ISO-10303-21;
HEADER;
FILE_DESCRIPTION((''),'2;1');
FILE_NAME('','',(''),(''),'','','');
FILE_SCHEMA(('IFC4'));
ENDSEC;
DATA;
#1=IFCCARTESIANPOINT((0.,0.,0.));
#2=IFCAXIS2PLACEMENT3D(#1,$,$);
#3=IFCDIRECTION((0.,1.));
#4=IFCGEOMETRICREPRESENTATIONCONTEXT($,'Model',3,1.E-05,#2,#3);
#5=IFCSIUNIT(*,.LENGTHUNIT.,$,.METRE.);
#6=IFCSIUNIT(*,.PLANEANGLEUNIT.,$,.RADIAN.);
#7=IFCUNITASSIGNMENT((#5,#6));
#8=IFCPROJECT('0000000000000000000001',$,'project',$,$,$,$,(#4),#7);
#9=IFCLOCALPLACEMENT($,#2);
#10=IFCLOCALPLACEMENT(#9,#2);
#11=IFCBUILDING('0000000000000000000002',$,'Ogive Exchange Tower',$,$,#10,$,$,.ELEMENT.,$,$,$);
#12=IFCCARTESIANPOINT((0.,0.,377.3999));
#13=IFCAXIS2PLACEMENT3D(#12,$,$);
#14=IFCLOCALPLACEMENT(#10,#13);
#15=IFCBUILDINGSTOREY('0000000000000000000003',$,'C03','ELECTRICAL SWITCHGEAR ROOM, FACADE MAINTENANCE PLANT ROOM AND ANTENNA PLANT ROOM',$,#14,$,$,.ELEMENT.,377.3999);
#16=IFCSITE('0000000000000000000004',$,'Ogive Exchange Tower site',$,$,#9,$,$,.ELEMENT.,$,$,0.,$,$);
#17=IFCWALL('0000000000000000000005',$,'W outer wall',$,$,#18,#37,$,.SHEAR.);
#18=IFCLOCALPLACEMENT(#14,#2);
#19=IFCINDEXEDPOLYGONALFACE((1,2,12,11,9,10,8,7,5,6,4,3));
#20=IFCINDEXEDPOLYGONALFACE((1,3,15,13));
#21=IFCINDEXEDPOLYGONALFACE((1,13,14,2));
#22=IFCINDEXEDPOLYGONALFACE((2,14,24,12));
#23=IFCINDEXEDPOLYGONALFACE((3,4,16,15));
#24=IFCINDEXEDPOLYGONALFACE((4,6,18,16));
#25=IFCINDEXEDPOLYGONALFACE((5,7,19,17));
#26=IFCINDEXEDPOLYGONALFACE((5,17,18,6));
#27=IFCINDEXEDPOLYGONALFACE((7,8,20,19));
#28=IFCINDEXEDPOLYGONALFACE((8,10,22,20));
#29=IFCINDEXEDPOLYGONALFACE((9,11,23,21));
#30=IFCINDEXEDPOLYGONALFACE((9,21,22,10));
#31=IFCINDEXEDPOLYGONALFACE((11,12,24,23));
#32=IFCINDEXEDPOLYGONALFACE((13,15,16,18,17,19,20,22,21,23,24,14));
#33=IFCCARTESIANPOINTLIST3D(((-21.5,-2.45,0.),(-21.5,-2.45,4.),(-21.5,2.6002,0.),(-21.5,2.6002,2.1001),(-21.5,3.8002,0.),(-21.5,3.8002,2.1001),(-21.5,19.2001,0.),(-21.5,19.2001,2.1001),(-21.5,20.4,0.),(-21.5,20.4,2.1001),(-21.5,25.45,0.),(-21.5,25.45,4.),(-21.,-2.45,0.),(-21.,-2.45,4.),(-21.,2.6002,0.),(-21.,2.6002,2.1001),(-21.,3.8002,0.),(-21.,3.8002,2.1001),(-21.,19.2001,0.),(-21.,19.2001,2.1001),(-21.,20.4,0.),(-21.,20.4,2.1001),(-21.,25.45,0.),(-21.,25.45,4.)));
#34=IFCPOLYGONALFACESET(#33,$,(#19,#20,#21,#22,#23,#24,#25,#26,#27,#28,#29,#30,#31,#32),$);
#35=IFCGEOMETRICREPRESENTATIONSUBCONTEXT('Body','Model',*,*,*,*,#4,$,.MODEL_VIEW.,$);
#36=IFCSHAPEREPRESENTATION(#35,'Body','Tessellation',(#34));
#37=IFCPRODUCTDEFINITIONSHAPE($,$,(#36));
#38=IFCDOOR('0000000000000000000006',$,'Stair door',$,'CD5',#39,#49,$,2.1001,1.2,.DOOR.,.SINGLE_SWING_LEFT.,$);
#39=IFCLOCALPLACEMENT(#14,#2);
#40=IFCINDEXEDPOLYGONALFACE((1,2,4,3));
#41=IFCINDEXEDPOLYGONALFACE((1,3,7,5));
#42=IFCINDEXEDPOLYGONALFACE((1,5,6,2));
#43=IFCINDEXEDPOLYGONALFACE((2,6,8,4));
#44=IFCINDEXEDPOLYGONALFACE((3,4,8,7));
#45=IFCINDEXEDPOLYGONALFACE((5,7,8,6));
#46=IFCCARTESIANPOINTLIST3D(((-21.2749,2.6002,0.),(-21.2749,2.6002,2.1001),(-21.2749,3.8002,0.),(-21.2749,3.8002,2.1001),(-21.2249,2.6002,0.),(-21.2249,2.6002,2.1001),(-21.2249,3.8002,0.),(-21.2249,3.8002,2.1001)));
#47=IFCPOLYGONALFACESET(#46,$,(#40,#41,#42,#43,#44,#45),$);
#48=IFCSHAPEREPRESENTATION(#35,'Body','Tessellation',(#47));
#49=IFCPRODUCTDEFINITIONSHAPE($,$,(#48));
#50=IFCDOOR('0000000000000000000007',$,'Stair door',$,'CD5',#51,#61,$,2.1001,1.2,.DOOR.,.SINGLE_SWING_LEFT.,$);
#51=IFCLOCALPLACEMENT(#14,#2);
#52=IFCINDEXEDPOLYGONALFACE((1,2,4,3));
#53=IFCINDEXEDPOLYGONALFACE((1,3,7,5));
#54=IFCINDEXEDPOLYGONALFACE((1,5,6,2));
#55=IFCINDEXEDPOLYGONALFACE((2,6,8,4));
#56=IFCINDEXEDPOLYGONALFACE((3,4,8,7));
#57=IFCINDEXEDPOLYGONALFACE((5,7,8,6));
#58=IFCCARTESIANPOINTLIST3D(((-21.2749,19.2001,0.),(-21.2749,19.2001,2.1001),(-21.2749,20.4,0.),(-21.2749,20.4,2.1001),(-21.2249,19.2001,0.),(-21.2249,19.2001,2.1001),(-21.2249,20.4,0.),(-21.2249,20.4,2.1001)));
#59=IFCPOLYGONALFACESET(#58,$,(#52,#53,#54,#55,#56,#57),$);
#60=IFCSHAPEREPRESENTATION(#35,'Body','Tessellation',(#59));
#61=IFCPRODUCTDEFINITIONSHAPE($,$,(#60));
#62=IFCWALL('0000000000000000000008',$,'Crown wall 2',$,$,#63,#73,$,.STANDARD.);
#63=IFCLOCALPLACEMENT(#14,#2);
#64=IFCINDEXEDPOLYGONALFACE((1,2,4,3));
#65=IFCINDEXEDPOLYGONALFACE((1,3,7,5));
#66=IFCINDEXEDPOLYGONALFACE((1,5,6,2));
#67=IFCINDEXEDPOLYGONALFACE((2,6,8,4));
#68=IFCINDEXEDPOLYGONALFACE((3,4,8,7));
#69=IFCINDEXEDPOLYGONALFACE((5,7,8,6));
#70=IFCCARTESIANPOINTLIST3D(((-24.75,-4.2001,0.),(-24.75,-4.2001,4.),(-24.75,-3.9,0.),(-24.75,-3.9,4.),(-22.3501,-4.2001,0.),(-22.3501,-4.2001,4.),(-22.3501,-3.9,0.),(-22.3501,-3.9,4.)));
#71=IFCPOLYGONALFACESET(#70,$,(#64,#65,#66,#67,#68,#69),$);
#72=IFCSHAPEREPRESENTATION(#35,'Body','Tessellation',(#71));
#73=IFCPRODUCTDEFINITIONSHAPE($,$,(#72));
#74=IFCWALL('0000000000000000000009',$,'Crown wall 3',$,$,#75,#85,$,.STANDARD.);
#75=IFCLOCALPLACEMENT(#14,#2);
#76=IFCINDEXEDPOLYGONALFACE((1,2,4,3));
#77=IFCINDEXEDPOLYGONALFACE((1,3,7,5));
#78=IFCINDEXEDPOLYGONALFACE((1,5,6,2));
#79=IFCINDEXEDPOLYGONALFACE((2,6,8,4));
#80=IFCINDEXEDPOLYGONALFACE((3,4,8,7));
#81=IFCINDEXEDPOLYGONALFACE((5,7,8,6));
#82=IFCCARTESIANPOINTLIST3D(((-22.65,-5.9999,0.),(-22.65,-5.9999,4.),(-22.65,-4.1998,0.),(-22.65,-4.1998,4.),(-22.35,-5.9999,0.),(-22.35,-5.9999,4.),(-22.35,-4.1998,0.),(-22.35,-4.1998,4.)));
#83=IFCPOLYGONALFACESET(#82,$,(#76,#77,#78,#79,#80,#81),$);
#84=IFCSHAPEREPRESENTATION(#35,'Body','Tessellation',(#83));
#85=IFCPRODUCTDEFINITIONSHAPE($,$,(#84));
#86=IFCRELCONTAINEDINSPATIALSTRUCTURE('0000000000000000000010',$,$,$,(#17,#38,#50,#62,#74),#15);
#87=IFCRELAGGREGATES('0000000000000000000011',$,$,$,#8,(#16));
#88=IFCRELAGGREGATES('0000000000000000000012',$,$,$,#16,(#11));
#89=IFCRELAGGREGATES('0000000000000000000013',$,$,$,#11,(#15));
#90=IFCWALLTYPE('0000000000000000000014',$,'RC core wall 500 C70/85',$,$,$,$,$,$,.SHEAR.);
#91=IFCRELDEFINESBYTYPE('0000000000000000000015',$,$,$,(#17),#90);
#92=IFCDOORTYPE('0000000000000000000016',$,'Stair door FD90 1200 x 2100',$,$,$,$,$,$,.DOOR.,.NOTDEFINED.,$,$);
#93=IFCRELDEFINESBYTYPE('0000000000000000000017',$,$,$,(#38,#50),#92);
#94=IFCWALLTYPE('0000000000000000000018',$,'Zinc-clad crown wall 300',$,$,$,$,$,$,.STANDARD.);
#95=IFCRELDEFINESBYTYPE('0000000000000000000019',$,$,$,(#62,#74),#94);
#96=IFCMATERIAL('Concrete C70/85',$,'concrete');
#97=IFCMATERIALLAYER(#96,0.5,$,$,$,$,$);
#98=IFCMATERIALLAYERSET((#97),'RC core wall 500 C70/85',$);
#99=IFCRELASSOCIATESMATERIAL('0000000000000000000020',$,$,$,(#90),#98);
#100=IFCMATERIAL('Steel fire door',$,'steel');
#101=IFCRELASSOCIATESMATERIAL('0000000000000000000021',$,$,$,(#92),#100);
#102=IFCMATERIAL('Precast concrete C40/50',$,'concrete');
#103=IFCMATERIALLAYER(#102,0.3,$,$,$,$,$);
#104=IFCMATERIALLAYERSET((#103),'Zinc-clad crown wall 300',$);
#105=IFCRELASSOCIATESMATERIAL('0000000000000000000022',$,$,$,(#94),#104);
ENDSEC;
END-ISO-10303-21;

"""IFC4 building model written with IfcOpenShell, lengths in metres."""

from ifc_helpers import new_model, si_unit, direction, frame, frame_2d, origin, place, context, subcontext, project, spatial, rectangle, extrude, material, layer, layer_set, type_object, element, fill, save


model = new_model("IFC4")

# Units and contexts
model_context = context("Model", 3, precision=1e-05, world=origin(), true_north=direction((0.0, 1.0)))
body_context = subcontext(model_context, "Body", "Model", "MODEL_VIEW")
ifc_project = project(units=[si_unit("LENGTHUNIT", "METRE"), si_unit("PLANEANGLEUNIT", "RADIAN")], contexts=[model_context])

# Site, building, storey
site_placement = place(None, origin())
site = spatial("IfcSite", under=ifc_project, at=site_placement, Name="Ogive Exchange Tower site", CompositionType="ELEMENT", RefElevation=0.0)
building_placement = place(site_placement, origin())
building = spatial("IfcBuilding", under=site, at=building_placement, Name="Ogive Exchange Tower", CompositionType="ELEMENT")
storey_placement = place(building_placement, frame((0.0, 0.0, 377.3999)))
storey = spatial("IfcBuildingStorey", under=building, at=storey_placement, Name="C03", Description="ELECTRICAL SWITCHGEAR ROOM, FACADE MAINTENANCE PLANT ROOM AND ANTENNA PLANT ROOM", CompositionType="ELEMENT", Elevation=377.3999)

# Shared definitions
ifc_material_1 = material(Name="Concrete C70/85", Category="concrete")

# Wall, openings, doors
ifc_layer_1 = layer(ifc_material_1, 0.5)
ifc_layer_set_1 = layer_set([ifc_layer_1], Name="RC core wall 500 C70/85")
wall_type_1 = type_object("IfcWallType", Name="RC core wall 500 C70/85", PredefinedType="SHEAR", material=ifc_layer_set_1)
wall_1_placement = place(storey_placement, frame((-21.25, -2.45, 0.0), z_axis=(0.0, 0.0, 1.0), x_axis=(0.0, 1.0, 0.0)))
wall_1 = element("IfcWall", 1, at=wall_1_placement, inside=storey, type_object=wall_type_1, Name="W outer wall", PredefinedType="SHEAR", context=body_context, shape_type="SweptSolid", body=[
    extrude(rectangle(XDim=27.8999, YDim=0.5, at=frame_2d((13.95, 0.0))), origin(), (0.0, 0.0, 1.0), 4.0),
])
opening_1_placement = place(wall_1_placement, frame((5.05, 0.0, 0.0)))
opening_1 = element("IfcOpeningElement", 2, at=opening_1_placement, cuts=wall_1, PredefinedType="OPENING", context=body_context, shape_type="SweptSolid", body=[
    extrude(rectangle(XDim=1.2, YDim=2.1001, at=frame_2d((0.6001, 1.05))), frame((0.0, 0.26, 0.0), z_axis=(0.0, -1.0, 0.0), x_axis=(1.0, 0.0, 0.0)), (0.0, 0.0, 1.0), 0.52),
])
opening_2_placement = place(wall_1_placement, frame((21.6499, 0.0, 0.0)))
opening_2 = element("IfcOpeningElement", 3, at=opening_2_placement, cuts=wall_1, PredefinedType="OPENING", context=body_context, shape_type="SweptSolid", body=[
    extrude(rectangle(XDim=1.2, YDim=2.1001, at=frame_2d((0.6001, 1.05))), frame((0.0, 0.26, 0.0), z_axis=(0.0, -1.0, 0.0), x_axis=(1.0, 0.0, 0.0)), (0.0, 0.0, 1.0), 0.52),
])
ifc_material_2 = material(Name="Steel fire door", Category="steel")
door_type = type_object("IfcDoorType", Name="Stair door FD90 1200 x 2100", OperationType="NOTDEFINED", PredefinedType="DOOR", material=ifc_material_2)
door_1_placement = place(opening_1_placement, origin())
door_1 = element("IfcDoor", 4, at=door_1_placement, inside=storey, type_object=door_type, Name="Stair door", ObjectType="CD5", OperationType="SINGLE_SWING_LEFT", OverallHeight=2.1001, OverallWidth=1.2, PredefinedType="DOOR", context=body_context, shape_type="SweptSolid", body=[
    extrude(rectangle(XDim=1.2, YDim=2.1001, at=frame_2d((0.6001, 1.05))), frame((0.0, 0.0249, 0.0), z_axis=(0.0, -1.0, 0.0), x_axis=(1.0, 0.0, 0.0)), (0.0, 0.0, 1.0), 0.05),
])
fill(opening_1, door_1)
door_2_placement = place(opening_2_placement, origin())
door_2 = element("IfcDoor", 5, at=door_2_placement, inside=storey, type_object=door_type, Name="Stair door", ObjectType="CD5", OperationType="SINGLE_SWING_LEFT", OverallHeight=2.1001, OverallWidth=1.2, PredefinedType="DOOR", context=body_context, shape_type="SweptSolid", body=[
    extrude(rectangle(XDim=1.2, YDim=2.1001, at=frame_2d((0.6001, 1.05))), frame((0.0, 0.0249, 0.0), z_axis=(0.0, -1.0, 0.0), x_axis=(1.0, 0.0, 0.0)), (0.0, 0.0, 1.0), 0.05),
])
fill(opening_2, door_2)

# Walls
ifc_material_3 = material(Name="Precast concrete C40/50", Category="concrete")
ifc_layer_2 = layer(ifc_material_3, 0.3)
ifc_layer_set_2 = layer_set([ifc_layer_2], Name="Zinc-clad crown wall 300")
wall_type_2 = type_object("IfcWallType", Name="Zinc-clad crown wall 300", PredefinedType="STANDARD", material=ifc_layer_set_2)
wall_2_placement = place(storey_placement, frame((-24.75, -4.05, 0.0), z_axis=(0.0, 0.0, 1.0), x_axis=(1.0, 0.0, 0.0)))
element("IfcWall", 6, at=wall_2_placement, inside=storey, type_object=wall_type_2, Name="Crown wall 2", PredefinedType="STANDARD", context=body_context, shape_type="SweptSolid", body=[
    extrude(rectangle(XDim=2.3999, YDim=0.3, at=frame_2d((1.2, 0.0))), origin(), (0.0, 0.0, 1.0), 4.0),
])
wall_3_placement = place(storey_placement, frame((-22.5, -4.2, 0.0), z_axis=(0.0, 0.0, 1.0), x_axis=(0.0, -1.0, 0.0)))
element("IfcWall", 7, at=wall_3_placement, inside=storey, type_object=wall_type_2, Name="Crown wall 3", PredefinedType="STANDARD", context=body_context, shape_type="SweptSolid", body=[
    extrude(rectangle(XDim=1.8, YDim=0.3, at=frame_2d((0.8999, 0.0))), origin(), (0.0, 0.0, 1.0), 4.0),
])

save(model, "model.ifc")
